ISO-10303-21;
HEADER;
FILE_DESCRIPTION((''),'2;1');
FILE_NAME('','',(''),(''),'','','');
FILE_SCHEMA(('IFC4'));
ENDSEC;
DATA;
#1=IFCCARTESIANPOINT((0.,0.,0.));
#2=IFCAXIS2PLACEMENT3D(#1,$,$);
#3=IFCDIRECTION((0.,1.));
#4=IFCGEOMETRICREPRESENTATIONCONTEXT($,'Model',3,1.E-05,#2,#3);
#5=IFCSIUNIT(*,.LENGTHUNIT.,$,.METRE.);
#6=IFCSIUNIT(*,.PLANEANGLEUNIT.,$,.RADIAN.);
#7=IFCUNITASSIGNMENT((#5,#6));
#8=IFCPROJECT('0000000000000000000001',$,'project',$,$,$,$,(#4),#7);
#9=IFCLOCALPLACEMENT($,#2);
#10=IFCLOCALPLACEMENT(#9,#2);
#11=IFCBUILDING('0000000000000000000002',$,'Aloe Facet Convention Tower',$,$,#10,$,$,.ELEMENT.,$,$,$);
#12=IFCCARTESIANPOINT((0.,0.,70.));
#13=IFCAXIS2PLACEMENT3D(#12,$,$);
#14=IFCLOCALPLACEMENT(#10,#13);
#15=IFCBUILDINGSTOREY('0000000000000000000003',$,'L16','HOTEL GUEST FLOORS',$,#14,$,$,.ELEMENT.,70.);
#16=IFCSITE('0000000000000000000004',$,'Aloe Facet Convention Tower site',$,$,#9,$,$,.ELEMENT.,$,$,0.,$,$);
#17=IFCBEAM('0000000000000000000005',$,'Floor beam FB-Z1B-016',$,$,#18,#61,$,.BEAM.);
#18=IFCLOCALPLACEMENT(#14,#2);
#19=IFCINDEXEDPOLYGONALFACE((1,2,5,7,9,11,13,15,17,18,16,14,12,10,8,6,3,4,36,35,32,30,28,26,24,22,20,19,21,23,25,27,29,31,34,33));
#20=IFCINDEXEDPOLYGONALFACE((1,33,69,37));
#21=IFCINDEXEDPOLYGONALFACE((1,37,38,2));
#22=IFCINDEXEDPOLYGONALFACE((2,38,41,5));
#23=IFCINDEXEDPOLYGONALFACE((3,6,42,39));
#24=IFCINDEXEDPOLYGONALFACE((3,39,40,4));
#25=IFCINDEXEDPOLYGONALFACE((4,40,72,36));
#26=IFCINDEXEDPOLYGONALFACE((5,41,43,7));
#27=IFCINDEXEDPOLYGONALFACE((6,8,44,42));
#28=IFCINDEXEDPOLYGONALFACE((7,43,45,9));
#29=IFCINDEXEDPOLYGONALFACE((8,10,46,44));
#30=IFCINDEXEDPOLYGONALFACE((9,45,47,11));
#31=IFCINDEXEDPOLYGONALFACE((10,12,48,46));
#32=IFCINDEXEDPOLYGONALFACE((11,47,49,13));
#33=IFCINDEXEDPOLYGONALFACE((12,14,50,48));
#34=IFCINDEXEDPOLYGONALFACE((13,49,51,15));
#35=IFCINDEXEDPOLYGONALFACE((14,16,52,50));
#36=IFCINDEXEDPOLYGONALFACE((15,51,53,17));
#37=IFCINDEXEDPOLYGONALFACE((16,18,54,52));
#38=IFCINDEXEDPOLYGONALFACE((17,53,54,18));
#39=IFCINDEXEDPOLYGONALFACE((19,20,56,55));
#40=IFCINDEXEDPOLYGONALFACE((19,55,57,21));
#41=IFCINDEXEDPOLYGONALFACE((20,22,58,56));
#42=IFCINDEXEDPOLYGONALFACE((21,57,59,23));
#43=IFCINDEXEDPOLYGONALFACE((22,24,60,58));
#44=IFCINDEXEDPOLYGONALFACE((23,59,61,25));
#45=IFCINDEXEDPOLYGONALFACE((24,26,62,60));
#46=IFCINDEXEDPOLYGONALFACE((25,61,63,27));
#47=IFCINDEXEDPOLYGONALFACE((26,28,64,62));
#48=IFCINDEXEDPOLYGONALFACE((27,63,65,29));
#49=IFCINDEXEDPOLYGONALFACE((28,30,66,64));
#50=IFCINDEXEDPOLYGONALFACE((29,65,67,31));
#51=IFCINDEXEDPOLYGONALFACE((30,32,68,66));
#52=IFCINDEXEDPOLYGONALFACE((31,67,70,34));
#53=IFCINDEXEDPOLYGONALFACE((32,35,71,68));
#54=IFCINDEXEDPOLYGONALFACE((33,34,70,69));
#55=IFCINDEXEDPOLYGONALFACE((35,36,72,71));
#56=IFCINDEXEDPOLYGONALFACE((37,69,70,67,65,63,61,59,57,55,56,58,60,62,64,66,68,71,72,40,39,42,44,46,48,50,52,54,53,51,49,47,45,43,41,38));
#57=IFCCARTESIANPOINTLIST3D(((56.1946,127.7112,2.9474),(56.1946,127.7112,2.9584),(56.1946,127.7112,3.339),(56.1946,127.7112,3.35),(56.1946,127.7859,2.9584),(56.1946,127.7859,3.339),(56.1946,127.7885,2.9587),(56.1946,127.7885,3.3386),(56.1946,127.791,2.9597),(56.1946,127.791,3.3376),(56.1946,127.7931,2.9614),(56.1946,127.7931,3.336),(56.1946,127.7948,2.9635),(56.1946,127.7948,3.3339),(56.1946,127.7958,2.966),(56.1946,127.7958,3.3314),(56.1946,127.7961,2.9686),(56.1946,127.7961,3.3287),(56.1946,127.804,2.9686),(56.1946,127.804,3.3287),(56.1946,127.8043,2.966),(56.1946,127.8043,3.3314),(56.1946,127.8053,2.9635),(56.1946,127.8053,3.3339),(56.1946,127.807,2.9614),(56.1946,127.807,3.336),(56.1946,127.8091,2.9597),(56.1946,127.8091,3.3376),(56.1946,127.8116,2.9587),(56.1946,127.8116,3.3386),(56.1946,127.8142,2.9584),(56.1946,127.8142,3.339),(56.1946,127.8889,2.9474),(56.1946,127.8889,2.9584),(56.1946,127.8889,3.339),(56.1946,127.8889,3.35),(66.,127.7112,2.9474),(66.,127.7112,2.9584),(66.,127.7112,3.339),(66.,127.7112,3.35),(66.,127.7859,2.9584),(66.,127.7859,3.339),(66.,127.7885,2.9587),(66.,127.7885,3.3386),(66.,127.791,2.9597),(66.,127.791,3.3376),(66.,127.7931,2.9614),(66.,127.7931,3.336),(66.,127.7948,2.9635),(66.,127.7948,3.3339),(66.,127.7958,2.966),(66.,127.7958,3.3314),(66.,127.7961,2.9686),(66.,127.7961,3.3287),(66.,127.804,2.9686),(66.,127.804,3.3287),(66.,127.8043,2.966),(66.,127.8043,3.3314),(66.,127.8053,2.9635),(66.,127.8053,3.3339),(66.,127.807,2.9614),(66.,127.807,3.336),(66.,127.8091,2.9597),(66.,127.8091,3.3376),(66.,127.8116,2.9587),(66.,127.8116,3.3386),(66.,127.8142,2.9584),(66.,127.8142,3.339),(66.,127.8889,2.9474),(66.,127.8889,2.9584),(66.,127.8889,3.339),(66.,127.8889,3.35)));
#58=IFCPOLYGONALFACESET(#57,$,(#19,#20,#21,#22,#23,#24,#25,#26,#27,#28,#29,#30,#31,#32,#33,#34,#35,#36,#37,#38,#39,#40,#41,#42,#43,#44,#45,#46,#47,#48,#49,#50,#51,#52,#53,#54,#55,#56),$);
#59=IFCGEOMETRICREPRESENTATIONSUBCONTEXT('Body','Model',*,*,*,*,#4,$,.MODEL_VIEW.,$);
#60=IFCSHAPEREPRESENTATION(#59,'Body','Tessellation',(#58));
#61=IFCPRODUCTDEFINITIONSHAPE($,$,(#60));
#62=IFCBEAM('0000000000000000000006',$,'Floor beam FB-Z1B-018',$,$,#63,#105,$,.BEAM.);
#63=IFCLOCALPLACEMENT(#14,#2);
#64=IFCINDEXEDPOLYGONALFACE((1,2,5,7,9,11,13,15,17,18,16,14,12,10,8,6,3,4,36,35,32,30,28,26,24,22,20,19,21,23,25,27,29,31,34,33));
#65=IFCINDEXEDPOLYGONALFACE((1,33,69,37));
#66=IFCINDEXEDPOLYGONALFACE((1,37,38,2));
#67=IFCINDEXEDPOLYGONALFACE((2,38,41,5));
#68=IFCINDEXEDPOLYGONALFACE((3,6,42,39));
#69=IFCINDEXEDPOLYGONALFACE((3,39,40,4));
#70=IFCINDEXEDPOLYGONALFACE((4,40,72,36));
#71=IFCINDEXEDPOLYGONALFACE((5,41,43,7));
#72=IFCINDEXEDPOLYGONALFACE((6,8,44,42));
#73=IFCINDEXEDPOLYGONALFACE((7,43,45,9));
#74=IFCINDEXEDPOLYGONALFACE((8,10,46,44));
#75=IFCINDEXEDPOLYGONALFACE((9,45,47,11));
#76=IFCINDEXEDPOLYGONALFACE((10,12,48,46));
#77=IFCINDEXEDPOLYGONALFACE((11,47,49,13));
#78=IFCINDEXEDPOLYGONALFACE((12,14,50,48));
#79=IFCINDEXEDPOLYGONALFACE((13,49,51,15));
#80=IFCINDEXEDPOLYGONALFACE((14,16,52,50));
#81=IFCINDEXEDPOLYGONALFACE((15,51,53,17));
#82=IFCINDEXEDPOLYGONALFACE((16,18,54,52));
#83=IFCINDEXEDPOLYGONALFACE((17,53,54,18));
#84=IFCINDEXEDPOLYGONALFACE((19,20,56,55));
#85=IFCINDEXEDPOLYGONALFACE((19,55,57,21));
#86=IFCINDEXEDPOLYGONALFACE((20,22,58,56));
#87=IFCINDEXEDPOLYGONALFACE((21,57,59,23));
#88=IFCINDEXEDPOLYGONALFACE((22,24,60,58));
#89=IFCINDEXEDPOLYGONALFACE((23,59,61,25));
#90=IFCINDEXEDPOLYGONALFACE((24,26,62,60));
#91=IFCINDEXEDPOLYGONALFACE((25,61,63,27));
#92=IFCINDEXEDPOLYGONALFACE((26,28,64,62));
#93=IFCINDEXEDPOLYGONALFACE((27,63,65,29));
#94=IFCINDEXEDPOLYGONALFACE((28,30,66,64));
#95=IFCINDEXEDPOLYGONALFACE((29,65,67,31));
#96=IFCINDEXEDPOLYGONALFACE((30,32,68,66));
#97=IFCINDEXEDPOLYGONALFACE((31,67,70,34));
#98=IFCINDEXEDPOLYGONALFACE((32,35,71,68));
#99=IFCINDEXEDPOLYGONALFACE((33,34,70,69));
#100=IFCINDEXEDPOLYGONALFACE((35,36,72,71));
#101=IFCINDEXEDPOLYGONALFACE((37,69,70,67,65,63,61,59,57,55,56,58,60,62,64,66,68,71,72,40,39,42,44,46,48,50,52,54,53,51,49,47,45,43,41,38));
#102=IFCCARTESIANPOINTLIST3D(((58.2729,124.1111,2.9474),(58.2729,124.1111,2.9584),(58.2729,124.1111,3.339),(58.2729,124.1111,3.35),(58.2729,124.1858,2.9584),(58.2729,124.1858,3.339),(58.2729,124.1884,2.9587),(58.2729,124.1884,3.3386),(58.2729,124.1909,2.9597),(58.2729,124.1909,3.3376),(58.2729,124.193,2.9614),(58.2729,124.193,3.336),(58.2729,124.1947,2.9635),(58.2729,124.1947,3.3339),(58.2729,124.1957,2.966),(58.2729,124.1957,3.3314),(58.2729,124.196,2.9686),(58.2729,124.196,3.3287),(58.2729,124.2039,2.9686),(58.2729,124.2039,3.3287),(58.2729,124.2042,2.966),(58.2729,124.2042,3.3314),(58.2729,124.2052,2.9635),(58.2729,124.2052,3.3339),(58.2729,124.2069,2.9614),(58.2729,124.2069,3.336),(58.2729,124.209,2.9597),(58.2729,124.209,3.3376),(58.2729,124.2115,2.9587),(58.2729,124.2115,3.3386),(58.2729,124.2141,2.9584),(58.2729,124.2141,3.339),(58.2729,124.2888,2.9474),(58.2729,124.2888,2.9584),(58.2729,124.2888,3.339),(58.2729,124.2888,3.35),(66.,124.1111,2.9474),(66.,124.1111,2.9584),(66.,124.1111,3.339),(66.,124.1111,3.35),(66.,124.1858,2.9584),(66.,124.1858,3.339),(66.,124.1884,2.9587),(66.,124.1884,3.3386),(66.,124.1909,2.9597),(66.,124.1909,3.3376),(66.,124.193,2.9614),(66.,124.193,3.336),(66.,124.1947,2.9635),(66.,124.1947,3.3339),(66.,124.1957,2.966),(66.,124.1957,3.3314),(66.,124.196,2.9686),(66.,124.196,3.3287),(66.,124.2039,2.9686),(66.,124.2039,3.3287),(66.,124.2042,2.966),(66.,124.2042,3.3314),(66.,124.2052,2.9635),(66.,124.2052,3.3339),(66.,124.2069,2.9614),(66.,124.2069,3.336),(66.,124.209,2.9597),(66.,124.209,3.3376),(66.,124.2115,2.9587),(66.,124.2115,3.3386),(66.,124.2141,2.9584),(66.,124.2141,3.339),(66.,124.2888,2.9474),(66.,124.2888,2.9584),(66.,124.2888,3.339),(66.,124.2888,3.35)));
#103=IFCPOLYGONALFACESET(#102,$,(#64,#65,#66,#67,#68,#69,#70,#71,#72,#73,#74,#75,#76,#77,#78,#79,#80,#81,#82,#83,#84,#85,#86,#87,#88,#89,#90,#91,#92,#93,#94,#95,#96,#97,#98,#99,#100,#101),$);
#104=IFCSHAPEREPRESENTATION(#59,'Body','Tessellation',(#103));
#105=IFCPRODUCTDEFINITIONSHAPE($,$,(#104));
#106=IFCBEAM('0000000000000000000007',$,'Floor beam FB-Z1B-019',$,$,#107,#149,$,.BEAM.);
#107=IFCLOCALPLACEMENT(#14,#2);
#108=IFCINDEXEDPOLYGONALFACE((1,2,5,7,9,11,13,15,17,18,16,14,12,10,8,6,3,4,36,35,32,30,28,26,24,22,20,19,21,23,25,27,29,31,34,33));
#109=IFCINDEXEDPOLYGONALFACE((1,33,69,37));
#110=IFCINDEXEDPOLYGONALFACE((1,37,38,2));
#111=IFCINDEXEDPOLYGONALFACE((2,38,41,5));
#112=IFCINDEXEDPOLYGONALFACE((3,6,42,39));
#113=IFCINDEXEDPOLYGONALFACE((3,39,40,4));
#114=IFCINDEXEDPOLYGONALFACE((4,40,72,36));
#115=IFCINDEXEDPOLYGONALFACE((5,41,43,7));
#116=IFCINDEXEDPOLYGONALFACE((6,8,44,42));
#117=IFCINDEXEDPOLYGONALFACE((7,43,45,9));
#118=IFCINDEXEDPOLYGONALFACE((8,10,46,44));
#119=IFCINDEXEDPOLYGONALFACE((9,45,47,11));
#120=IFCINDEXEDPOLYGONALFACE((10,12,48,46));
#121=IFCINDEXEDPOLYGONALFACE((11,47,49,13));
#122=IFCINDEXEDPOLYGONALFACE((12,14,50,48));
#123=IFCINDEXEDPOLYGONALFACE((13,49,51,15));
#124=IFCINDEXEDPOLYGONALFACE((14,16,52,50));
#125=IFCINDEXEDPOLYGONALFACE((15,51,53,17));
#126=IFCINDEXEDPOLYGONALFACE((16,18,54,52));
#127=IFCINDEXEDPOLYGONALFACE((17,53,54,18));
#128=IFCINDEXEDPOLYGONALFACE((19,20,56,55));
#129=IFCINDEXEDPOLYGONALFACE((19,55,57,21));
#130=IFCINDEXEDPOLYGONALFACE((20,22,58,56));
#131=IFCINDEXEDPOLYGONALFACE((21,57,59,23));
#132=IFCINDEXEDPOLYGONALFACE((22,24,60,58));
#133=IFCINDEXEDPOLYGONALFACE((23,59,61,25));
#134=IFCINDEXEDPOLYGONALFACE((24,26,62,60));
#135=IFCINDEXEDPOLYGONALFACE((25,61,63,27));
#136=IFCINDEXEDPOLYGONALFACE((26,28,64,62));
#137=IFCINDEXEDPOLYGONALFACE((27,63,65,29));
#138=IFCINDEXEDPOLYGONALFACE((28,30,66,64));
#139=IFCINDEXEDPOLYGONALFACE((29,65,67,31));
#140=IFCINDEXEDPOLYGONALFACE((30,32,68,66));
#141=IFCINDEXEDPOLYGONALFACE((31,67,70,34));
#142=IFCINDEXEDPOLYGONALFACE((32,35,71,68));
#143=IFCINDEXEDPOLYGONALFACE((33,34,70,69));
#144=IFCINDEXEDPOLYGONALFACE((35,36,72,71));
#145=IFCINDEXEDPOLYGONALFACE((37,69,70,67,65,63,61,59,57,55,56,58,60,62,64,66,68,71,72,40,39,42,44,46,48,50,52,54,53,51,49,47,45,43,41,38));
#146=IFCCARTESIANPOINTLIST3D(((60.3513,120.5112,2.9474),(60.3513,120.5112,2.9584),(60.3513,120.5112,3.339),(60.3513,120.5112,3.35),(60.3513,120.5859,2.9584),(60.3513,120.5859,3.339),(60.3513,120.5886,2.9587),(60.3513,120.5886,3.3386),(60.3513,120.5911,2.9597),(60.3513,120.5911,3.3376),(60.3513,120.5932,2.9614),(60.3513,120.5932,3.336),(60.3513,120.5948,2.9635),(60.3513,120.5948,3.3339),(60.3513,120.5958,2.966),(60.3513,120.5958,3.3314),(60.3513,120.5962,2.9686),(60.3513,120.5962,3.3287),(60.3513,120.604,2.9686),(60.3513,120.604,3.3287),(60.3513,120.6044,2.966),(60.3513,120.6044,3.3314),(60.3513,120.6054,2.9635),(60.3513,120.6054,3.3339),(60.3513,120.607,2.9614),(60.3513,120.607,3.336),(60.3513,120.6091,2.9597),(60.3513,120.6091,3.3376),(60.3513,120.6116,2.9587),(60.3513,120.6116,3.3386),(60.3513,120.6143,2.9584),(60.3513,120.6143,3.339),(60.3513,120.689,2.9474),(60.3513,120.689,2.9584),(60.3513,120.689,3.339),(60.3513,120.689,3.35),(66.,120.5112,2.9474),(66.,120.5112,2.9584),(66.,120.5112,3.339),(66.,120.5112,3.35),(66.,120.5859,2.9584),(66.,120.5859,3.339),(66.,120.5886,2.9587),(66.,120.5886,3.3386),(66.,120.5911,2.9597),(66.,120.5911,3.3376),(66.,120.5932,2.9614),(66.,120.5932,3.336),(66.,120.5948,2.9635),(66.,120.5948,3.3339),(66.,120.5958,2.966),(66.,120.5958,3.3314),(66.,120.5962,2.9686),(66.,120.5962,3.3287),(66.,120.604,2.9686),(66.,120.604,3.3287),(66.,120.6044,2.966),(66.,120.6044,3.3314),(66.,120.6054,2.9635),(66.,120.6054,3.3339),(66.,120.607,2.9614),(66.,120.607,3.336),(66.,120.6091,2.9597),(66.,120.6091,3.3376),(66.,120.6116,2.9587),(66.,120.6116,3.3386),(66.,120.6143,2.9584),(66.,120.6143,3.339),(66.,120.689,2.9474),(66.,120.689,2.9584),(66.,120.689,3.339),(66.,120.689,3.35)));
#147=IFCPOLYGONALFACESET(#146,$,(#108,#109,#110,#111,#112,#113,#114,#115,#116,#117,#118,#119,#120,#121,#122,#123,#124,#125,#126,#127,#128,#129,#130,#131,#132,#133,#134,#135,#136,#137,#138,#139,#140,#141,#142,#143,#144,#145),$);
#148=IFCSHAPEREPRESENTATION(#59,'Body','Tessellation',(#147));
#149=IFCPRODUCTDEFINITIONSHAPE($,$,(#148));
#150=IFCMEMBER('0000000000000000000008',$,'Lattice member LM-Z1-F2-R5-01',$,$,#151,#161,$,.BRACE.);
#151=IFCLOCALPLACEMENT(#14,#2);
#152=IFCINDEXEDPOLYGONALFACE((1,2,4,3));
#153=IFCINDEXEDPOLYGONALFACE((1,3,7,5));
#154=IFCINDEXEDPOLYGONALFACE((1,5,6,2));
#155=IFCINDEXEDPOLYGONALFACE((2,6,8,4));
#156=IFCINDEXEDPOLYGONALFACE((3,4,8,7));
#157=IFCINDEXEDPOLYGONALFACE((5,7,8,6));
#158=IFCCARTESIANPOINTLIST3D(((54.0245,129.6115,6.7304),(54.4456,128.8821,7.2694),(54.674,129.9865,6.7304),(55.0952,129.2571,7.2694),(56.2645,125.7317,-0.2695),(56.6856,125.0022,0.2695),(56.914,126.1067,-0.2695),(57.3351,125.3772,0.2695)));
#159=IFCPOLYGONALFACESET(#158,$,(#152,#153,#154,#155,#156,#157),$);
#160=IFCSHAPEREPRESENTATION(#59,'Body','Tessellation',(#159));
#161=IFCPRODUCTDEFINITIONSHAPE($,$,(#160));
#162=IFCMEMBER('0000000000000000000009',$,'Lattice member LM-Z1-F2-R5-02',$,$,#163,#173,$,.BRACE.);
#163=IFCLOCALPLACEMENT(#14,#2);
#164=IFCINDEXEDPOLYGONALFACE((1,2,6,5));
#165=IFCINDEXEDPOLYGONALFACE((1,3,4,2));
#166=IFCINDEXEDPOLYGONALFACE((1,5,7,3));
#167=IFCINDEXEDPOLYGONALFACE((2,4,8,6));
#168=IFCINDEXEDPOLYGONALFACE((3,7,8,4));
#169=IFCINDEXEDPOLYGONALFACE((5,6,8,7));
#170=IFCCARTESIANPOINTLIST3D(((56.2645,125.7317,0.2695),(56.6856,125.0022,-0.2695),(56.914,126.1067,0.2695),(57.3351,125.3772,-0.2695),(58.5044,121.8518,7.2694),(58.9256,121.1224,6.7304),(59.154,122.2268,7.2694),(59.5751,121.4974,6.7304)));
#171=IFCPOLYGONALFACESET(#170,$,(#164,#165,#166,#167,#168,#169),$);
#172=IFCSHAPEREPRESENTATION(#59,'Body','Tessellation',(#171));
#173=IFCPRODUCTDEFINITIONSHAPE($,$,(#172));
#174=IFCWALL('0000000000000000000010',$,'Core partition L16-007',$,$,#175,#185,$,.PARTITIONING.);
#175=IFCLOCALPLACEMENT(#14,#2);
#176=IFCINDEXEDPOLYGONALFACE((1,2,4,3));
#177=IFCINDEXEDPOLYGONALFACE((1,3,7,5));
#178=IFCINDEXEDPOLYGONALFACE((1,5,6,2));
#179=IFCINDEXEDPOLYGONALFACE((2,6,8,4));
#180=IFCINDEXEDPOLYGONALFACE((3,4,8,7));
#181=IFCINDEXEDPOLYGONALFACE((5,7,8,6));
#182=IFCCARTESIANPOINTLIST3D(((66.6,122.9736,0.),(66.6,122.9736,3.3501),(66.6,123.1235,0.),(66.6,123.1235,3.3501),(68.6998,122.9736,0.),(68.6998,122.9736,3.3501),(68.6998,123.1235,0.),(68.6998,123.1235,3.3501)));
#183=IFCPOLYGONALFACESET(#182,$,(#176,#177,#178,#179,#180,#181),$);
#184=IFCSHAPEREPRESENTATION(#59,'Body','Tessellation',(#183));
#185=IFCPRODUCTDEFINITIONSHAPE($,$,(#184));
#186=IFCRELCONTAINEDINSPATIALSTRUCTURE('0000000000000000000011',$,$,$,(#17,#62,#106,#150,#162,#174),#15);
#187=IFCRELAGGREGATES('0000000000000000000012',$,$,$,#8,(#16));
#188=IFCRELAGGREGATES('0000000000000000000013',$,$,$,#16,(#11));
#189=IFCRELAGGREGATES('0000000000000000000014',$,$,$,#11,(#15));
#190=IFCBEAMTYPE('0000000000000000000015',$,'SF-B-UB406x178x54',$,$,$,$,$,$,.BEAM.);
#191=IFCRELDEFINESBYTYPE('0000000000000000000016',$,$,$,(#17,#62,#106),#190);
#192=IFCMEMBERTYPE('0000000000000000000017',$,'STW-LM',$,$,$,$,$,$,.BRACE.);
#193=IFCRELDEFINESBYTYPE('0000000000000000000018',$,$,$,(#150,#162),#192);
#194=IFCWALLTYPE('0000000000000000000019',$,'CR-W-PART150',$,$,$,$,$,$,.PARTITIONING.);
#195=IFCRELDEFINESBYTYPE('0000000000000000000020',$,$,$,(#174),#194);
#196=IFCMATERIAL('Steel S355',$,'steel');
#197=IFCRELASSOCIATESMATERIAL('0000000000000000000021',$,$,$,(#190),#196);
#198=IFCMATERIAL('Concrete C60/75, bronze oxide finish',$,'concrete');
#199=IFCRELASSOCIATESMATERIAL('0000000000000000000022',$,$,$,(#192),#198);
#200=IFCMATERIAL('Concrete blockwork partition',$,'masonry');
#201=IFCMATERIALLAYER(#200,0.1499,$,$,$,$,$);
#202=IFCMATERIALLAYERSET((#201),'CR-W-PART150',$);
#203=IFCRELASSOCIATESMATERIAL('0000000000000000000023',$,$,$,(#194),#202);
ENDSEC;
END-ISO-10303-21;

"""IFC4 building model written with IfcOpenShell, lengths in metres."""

from ifc_helpers import new_model, si_unit, direction, frame, frame_2d, origin, origin_2d, place, context, subcontext, project, spatial, rectangle, i_section, extrude, material, layer, layer_set, material_profile, profile_set, type_object, element, save


model = new_model("IFC4")

# Units and contexts
model_context = context("Model", 3, precision=1e-05, world=origin(), true_north=direction((0.0, 1.0)))
body_context = subcontext(model_context, "Body", "Model", "MODEL_VIEW")
ifc_project = project(units=[si_unit("LENGTHUNIT", "METRE"), si_unit("PLANEANGLEUNIT", "RADIAN")], contexts=[model_context])

# Site, building, storey
site_placement = place(None, origin())
site = spatial("IfcSite", under=ifc_project, at=site_placement, Name="Aloe Facet Convention Tower site", CompositionType="ELEMENT", RefElevation=0.0)
building_placement = place(site_placement, origin())
building = spatial("IfcBuilding", under=site, at=building_placement, Name="Aloe Facet Convention Tower", CompositionType="ELEMENT")
storey_placement = place(building_placement, frame((0.0, 0.0, 70.0)))
storey = spatial("IfcBuildingStorey", under=building, at=storey_placement, Name="L16", Description="HOTEL GUEST FLOORS", CompositionType="ELEMENT", Elevation=70.0)

# Beams
ifc_material_1 = material(Name="Steel S355", Category="steel")
ifc_material_profile_1 = material_profile(ifc_material_1, i_section(OverallWidth=0.1777, OverallDepth=0.4026, WebThickness=0.0078, FlangeThickness=0.011, FilletRadius=0.0103, at=origin_2d()), Name="UB 406x178x54")
ifc_profile_set_1 = profile_set([ifc_material_profile_1], Name="Steel S355")
beam_type = type_object("IfcBeamType", Name="SF-B-UB406x178x54", PredefinedType="BEAM", material=ifc_profile_set_1)
beam_1_placement = place(storey_placement, frame((56.1946, 127.8, 3.1487), z_axis=(1.0, 0.0, 0.0), x_axis=(0.0, 1.0, 0.0)))
element("IfcBeam", 1, at=beam_1_placement, inside=storey, type_object=beam_type, Name="Floor beam FB-Z1B-016", PredefinedType="BEAM", context=body_context, shape_type="SweptSolid", body=[
    extrude(i_section(OverallWidth=0.1777, OverallDepth=0.4026, WebThickness=0.0078, FlangeThickness=0.011, FilletRadius=0.0103, at=origin_2d()), origin(), (0.0, 0.0, 1.0), 9.8054),
])
beam_2_placement = place(storey_placement, frame((58.2729, 124.2, 3.1487), z_axis=(1.0, 0.0, 0.0), x_axis=(0.0, 1.0, 0.0)))
element("IfcBeam", 2, at=beam_2_placement, inside=storey, type_object=beam_type, Name="Floor beam FB-Z1B-018", PredefinedType="BEAM", context=body_context, shape_type="SweptSolid", body=[
    extrude(i_section(OverallWidth=0.1777, OverallDepth=0.4026, WebThickness=0.0078, FlangeThickness=0.011, FilletRadius=0.0103, at=origin_2d()), origin(), (0.0, 0.0, 1.0), 7.7271),
])
beam_3_placement = place(storey_placement, frame((60.3513, 120.6001, 3.1487), z_axis=(1.0, 0.0, 0.0), x_axis=(0.0, 1.0, 0.0)))
element("IfcBeam", 3, at=beam_3_placement, inside=storey, type_object=beam_type, Name="Floor beam FB-Z1B-019", PredefinedType="BEAM", context=body_context, shape_type="SweptSolid", body=[
    extrude(i_section(OverallWidth=0.1777, OverallDepth=0.4026, WebThickness=0.0078, FlangeThickness=0.011, FilletRadius=0.0103, at=origin_2d()), origin(), (0.0, 0.0, 1.0), 5.6487),
])

# Members
ifc_material_2 = material(Name="Concrete C60/75, bronze oxide finish", Category="concrete")
ifc_material_profile_2 = material_profile(ifc_material_2, rectangle(XDim=0.75, YDim=1.0, at=origin_2d()), Name="STW-LM")
ifc_profile_set_2 = profile_set([ifc_material_profile_2], Name="Concrete C60/75, bronze oxide finish")
member_type = type_object("IfcMemberType", Name="STW-LM", PredefinedType="BRACE", material=ifc_profile_set_2)
for number, where, z_axis, x_axis, name in (
    (4, (56.7998, 125.5544, 0.0), (-0.269524, 0.466843, 0.842267), (-0.866031, -0.49999, 0.0), "Lattice member LM-Z1-F2-R5-01"),
    (5, (56.7998, 125.5544, 0.0), (0.269524, -0.466843, 0.842267), (0.866031, 0.49999, 0.0), "Lattice member LM-Z1-F2-R5-02"),
):
    element("IfcMember", number, at=place(storey_placement, frame(where, z_axis=z_axis, x_axis=x_axis)), inside=storey, type_object=member_type, Name=name, PredefinedType="BRACE", context=body_context, shape_type="SweptSolid", body=[
        extrude(rectangle(XDim=0.75, YDim=1.0, at=origin_2d()), origin(), (0.0, 0.0, 1.0), 8.3108),
    ])

# Wall
ifc_material_3 = material(Name="Concrete blockwork partition", Category="masonry")
ifc_layer_1 = layer(ifc_material_3, 0.1499)
ifc_layer_set_1 = layer_set([ifc_layer_1], Name="CR-W-PART150")
wall_type_1 = type_object("IfcWallType", Name="CR-W-PART150", PredefinedType="PARTITIONING", material=ifc_layer_set_1)
wall_1_placement = place(storey_placement, frame((66.6001, 123.0486, 0.0), z_axis=(0.0, 0.0, 1.0), x_axis=(1.0, 0.0, 0.0)))
element("IfcWall", 6, at=wall_1_placement, inside=storey, type_object=wall_type_1, Name="Core partition L16-007", PredefinedType="PARTITIONING", context=body_context, shape_type="SweptSolid", body=[
    extrude(rectangle(XDim=2.0999, YDim=0.1499, at=frame_2d((1.0498, 0.0))), origin(), (0.0, 0.0, 1.0), 3.3501),
])

save(model, "model.ifc")
